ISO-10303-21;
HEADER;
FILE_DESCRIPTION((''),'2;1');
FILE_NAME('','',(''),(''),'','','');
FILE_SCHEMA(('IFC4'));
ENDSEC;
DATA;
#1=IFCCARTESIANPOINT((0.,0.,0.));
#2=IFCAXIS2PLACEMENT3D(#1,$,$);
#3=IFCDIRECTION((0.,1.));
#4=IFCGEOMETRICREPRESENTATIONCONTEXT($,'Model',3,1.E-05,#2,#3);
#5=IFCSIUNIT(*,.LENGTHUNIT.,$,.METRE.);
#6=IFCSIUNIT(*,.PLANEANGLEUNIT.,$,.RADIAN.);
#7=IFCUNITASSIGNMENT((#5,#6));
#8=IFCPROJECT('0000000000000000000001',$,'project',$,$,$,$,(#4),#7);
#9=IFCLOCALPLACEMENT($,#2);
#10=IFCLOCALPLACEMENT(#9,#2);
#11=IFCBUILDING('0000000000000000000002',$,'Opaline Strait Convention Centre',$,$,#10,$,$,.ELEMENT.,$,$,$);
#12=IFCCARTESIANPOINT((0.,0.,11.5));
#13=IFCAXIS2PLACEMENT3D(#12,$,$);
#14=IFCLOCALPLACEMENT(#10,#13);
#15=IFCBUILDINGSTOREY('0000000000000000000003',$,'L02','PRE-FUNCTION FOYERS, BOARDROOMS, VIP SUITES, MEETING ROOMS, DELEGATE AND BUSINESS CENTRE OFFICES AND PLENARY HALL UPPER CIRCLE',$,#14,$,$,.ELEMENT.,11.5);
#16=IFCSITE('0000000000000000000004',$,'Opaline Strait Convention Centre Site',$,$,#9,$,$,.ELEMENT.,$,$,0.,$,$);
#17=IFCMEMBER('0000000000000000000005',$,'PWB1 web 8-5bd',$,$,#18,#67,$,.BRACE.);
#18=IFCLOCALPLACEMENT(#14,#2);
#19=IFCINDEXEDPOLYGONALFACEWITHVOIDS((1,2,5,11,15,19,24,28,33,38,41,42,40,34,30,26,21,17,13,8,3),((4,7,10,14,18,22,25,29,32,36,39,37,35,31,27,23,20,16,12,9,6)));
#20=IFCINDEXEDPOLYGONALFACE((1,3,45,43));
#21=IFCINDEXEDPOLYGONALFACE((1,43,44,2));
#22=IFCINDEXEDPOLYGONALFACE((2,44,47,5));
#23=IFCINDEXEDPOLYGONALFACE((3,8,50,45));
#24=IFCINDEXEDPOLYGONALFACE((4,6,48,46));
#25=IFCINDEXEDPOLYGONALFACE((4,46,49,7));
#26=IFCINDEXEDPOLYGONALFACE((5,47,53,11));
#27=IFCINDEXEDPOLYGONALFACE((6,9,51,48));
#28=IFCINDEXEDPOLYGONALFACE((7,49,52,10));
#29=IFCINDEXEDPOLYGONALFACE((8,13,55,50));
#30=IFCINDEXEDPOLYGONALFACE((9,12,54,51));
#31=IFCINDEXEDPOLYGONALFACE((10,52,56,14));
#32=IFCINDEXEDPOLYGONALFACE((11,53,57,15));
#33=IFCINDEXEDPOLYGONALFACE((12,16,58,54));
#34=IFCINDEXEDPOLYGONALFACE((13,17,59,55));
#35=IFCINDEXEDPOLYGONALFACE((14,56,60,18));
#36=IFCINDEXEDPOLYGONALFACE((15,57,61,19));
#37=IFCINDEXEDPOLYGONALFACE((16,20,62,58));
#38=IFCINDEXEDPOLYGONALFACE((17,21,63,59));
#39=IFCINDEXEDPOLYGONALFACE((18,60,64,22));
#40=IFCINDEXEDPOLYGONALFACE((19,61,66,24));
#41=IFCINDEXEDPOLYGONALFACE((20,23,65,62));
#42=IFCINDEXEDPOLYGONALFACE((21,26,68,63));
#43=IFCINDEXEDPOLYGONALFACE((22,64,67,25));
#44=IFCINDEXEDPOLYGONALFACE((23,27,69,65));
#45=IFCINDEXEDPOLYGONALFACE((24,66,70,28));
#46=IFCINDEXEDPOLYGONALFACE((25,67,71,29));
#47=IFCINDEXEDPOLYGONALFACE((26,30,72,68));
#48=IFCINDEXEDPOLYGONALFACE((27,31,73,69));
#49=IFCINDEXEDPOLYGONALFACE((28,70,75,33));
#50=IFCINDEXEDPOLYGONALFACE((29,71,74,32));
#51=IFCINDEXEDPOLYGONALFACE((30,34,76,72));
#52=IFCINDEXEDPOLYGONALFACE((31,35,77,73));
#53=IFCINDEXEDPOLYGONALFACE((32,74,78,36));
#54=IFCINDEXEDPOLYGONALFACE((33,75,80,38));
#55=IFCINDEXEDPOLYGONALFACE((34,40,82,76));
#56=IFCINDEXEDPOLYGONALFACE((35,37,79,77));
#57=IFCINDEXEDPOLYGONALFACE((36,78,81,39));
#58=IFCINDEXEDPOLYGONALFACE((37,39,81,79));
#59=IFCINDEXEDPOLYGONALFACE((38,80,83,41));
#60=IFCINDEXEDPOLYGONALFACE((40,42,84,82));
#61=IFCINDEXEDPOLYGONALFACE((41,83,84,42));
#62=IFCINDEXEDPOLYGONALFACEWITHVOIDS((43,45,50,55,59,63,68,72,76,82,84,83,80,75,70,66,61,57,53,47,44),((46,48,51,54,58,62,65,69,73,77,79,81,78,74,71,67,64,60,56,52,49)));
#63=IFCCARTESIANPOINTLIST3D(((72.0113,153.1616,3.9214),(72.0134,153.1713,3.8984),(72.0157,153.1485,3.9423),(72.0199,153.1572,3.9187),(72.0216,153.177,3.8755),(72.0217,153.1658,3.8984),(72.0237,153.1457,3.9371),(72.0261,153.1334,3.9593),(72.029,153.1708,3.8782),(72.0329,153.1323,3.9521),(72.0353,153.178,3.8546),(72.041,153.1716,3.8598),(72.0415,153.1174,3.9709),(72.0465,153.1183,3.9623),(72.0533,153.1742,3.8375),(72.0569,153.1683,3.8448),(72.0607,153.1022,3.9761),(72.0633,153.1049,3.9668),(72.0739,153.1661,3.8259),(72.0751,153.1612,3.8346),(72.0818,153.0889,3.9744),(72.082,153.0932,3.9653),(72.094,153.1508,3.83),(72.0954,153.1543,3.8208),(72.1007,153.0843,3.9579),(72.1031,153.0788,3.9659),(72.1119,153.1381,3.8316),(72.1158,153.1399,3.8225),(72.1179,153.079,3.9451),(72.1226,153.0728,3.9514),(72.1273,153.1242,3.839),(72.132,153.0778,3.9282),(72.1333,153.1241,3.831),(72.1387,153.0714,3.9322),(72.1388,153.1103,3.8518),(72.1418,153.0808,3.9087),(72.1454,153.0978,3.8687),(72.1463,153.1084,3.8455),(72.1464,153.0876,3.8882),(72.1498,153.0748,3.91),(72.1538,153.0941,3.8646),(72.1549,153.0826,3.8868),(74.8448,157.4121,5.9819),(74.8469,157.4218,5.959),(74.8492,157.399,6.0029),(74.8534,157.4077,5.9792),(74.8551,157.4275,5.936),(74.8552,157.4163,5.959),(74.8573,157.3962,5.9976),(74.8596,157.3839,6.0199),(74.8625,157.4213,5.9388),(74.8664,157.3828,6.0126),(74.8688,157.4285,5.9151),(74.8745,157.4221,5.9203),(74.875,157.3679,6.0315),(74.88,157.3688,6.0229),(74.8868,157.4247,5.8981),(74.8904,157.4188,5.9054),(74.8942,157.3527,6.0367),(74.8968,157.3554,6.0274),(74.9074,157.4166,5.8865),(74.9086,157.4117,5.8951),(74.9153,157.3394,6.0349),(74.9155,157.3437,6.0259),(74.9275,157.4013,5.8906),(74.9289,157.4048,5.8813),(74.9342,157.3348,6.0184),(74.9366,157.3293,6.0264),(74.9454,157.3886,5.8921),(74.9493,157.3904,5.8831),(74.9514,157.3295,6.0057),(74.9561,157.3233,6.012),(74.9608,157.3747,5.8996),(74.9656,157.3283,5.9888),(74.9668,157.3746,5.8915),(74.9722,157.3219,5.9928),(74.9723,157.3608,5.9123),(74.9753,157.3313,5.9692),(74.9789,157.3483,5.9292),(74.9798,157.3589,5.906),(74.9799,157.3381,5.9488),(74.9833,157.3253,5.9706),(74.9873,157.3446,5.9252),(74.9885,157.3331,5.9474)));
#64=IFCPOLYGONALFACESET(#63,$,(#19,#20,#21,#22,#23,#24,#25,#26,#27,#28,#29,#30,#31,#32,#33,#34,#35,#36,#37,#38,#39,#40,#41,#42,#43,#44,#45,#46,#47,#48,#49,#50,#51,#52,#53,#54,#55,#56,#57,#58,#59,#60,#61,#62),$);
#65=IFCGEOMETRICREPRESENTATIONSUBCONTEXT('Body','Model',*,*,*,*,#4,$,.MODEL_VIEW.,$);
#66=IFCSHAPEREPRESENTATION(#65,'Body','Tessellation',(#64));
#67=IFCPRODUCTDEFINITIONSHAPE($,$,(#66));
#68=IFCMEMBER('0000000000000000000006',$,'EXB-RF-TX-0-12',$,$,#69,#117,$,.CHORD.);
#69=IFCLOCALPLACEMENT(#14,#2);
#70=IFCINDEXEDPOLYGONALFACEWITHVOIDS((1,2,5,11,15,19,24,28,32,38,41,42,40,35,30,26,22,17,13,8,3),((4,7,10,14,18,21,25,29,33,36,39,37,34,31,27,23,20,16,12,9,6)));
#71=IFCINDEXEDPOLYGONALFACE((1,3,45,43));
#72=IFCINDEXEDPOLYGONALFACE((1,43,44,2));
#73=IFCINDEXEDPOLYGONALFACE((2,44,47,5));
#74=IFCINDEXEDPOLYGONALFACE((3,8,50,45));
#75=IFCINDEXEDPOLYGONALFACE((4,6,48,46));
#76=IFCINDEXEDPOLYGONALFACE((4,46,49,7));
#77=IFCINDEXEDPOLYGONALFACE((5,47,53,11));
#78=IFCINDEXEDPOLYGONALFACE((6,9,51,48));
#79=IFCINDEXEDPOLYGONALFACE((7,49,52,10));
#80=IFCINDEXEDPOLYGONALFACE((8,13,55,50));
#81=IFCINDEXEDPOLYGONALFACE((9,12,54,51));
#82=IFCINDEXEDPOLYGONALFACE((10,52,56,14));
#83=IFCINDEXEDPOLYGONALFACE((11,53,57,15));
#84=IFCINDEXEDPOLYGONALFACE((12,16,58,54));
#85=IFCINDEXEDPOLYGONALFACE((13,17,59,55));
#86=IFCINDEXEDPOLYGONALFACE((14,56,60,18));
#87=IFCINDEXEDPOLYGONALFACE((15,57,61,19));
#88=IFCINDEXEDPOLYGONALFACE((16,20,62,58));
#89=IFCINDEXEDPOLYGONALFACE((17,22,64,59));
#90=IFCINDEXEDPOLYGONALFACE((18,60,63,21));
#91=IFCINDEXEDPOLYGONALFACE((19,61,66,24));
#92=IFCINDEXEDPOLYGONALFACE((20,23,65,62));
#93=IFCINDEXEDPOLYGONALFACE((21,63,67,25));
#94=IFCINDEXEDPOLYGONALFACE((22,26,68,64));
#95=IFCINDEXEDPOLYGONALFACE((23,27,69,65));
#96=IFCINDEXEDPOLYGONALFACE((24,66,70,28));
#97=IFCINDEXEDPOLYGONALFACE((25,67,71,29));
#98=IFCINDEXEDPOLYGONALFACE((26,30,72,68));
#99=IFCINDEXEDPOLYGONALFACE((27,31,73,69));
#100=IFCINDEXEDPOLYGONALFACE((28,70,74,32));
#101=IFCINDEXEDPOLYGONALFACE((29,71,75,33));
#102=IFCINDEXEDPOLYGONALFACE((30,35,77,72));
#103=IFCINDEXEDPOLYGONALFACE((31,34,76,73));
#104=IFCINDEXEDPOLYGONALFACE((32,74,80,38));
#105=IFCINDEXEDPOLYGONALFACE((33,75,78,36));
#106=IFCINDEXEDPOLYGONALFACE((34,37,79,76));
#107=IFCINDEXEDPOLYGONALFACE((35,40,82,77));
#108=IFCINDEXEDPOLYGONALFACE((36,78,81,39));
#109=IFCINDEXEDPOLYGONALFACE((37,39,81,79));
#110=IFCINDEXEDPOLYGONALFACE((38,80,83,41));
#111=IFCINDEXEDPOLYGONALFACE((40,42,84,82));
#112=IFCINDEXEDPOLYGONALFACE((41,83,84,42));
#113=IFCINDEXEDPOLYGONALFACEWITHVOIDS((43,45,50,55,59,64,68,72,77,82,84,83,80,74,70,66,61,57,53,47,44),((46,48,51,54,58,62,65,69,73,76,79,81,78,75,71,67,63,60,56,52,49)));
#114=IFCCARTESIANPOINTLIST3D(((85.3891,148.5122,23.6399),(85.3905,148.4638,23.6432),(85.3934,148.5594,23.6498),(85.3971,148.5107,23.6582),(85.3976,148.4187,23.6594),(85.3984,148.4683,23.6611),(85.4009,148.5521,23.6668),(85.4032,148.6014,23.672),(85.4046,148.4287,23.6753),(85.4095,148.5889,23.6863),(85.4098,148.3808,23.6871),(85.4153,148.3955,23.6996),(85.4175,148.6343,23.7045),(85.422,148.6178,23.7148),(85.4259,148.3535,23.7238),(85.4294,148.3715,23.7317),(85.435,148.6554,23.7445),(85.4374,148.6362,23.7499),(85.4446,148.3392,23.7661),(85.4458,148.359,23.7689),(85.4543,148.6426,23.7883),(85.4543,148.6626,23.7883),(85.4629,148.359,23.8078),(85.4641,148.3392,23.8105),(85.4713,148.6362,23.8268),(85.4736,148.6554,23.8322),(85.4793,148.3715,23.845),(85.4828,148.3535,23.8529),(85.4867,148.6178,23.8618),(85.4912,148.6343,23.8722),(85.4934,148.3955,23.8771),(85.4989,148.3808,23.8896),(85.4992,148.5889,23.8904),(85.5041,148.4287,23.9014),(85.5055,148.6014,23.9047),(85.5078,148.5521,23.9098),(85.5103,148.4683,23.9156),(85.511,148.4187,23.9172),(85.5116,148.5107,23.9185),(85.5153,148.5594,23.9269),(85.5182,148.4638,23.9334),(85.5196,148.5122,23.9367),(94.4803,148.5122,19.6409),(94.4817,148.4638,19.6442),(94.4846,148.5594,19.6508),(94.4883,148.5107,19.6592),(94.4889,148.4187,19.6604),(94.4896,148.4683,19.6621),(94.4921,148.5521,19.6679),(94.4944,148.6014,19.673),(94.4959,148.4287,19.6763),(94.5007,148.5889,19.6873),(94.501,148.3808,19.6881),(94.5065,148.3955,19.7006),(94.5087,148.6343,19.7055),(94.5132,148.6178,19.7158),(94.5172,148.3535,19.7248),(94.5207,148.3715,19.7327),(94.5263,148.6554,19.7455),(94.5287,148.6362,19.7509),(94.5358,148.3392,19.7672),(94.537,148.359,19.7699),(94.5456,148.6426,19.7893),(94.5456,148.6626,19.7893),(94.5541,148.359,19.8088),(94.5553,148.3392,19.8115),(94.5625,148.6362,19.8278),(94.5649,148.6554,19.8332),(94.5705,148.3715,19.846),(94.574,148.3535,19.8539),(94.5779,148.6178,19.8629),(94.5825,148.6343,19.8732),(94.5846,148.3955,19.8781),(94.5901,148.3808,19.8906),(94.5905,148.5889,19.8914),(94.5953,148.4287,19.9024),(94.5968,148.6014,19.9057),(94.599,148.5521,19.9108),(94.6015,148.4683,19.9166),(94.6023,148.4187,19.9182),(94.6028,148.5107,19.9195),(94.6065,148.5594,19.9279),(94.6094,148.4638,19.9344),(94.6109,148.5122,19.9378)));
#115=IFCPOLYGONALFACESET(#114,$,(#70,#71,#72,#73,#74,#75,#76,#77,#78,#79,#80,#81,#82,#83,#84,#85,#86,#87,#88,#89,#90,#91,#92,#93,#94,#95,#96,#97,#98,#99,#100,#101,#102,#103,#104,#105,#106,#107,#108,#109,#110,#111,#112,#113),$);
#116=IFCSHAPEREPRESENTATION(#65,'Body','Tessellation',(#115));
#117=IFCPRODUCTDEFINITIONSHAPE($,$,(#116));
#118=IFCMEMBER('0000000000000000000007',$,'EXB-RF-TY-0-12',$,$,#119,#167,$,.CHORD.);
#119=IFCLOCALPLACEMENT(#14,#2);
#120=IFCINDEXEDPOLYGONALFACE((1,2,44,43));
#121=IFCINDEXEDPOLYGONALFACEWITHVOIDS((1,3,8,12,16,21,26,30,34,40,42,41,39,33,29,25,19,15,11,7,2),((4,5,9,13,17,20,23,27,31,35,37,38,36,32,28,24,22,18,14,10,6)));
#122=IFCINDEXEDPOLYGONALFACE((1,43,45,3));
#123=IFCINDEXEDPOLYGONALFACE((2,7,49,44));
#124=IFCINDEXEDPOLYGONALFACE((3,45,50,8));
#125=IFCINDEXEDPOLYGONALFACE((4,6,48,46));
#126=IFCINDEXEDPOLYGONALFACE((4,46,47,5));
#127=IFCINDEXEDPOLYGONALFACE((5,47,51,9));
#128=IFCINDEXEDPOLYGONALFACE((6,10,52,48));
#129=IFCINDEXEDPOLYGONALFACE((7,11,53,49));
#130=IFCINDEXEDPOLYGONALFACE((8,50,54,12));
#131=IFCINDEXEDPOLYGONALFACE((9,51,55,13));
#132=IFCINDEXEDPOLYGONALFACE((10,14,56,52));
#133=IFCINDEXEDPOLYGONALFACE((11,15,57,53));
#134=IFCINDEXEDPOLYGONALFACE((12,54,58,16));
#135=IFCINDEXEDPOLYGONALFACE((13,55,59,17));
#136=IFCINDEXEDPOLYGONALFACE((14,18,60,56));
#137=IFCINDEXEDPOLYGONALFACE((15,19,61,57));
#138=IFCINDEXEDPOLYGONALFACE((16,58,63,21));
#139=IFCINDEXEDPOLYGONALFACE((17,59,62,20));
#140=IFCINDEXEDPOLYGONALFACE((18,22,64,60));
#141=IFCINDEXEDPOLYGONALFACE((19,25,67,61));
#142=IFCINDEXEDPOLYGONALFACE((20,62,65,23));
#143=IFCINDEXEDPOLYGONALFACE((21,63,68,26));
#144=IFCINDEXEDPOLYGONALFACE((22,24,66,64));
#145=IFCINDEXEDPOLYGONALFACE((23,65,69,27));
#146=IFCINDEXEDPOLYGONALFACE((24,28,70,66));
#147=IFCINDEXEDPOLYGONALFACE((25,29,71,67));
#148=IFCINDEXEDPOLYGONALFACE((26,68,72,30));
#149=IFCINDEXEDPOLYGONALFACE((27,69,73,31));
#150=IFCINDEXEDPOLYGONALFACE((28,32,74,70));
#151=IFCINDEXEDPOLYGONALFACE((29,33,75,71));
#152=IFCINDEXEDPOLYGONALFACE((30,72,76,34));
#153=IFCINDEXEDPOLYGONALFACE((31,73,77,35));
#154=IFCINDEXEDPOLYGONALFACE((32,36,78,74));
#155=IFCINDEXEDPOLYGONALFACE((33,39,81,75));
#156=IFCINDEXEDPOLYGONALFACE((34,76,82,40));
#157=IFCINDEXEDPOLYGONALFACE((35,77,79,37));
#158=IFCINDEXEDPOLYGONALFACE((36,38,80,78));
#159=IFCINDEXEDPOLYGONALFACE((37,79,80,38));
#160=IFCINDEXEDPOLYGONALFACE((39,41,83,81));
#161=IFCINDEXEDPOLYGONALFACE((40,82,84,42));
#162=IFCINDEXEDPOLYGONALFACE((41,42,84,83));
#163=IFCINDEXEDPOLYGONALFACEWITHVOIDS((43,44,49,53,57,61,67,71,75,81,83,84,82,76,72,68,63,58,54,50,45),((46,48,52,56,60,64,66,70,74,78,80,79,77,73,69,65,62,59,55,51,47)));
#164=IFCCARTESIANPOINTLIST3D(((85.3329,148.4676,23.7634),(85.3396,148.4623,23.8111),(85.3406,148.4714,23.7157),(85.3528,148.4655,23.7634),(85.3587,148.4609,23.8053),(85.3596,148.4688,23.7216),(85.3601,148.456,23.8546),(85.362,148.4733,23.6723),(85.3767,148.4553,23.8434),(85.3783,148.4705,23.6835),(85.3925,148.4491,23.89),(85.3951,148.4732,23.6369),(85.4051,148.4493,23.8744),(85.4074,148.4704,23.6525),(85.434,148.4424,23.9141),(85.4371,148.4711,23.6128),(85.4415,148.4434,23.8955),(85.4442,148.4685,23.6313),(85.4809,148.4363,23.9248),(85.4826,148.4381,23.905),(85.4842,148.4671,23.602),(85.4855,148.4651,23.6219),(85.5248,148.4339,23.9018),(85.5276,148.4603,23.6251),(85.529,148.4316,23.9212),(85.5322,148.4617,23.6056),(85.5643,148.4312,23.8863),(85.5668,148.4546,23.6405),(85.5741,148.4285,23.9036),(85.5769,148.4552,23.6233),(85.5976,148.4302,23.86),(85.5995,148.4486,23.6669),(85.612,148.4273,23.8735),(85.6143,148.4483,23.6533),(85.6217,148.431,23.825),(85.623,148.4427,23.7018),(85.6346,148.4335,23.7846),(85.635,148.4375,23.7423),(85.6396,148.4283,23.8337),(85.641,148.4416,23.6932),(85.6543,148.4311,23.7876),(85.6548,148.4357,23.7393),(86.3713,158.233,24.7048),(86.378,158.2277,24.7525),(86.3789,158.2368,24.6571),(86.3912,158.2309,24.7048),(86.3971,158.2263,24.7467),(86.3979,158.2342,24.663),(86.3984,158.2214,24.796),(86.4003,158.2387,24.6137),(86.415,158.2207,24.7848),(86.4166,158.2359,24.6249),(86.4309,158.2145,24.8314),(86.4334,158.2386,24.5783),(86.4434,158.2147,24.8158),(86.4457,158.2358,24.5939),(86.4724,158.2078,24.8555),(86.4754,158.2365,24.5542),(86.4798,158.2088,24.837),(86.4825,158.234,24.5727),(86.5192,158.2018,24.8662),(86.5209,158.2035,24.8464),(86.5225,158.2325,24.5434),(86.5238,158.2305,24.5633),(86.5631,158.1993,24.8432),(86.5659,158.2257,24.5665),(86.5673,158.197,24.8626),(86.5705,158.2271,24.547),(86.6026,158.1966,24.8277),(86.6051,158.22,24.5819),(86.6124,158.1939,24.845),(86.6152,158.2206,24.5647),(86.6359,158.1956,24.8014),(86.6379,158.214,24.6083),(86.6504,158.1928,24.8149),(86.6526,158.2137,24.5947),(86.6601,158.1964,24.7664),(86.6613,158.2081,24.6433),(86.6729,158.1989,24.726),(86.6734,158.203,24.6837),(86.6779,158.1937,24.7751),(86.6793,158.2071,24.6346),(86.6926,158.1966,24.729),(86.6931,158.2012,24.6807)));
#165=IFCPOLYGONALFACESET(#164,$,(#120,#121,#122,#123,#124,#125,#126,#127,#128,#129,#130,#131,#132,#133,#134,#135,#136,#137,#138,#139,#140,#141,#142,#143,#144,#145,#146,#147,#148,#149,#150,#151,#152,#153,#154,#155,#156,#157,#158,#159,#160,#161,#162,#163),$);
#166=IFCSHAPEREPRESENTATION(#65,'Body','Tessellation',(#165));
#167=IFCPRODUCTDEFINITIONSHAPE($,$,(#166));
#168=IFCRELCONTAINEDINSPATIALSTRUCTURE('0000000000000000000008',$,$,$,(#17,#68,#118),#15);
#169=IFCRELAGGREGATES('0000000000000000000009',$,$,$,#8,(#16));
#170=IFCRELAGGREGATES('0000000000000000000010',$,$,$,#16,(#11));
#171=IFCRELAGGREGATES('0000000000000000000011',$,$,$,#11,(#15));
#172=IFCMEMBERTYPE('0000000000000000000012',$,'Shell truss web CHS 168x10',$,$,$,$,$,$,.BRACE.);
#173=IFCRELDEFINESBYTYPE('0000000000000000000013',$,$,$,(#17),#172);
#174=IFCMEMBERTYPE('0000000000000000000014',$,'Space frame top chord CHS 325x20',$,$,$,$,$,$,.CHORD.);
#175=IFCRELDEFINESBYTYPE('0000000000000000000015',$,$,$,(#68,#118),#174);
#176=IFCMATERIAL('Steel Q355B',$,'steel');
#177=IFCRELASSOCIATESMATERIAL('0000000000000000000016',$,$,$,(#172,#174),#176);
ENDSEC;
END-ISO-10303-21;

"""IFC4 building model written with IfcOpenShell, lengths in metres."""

from ifc_helpers import new_model, si_unit, direction, frame, origin, origin_2d, place, context, subcontext, project, spatial, hollow_circle, extrude, material, material_profile, profile_set, type_object, element, save


model = new_model("IFC4")

# Units and contexts
model_context = context("Model", 3, precision=1e-05, world=origin(), true_north=direction((0.0, 1.0)))
body_context = subcontext(model_context, "Body", "Model", "MODEL_VIEW")
ifc_project = project(units=[si_unit("LENGTHUNIT", "METRE"), si_unit("PLANEANGLEUNIT", "RADIAN")], contexts=[model_context])

# Site, building, storey
site_placement = place(None, origin())
site = spatial("IfcSite", under=ifc_project, at=site_placement, Name="Opaline Strait Convention Centre Site", CompositionType="ELEMENT", RefElevation=0.0)
building_placement = place(site_placement, origin())
building = spatial("IfcBuilding", under=site, at=building_placement, Name="Opaline Strait Convention Centre", CompositionType="ELEMENT")
storey_placement = place(building_placement, frame((0.0, 0.0, 11.5)))
storey = spatial("IfcBuildingStorey", under=building, at=storey_placement, Name="L02", Description="PRE-FUNCTION FOYERS, BOARDROOMS, VIP SUITES, MEETING ROOMS, DELEGATE AND BUSINESS CENTRE OFFICES AND PLENARY HALL UPPER CIRCLE", CompositionType="ELEMENT", Elevation=11.5)

# Members
ifc_material_1 = material(Name="Steel Q355B", Category="steel")
ifc_material_profile_1 = material_profile(ifc_material_1, hollow_circle(Radius=0.084, WallThickness=0.01, at=origin_2d()), Name="CHS 168x10")
ifc_profile_set_1 = profile_set([ifc_material_profile_1], Name="Steel Q355B")
member_type_1 = type_object("IfcMemberType", Name="Shell truss web CHS 168x10", PredefinedType="BRACE", material=ifc_profile_set_1)
member_1_placement = place(storey_placement, frame((72.0833, 153.1248, 3.8984), z_axis=(0.514406, 0.771654, 0.374081), x_axis=(-0.832065, 0.554678, 0.0)))
element("IfcMember", 1, at=member_1_placement, inside=storey, type_object=member_type_1, Name="PWB1 web 8-5bd", PredefinedType="BRACE", context=body_context, shape_type="SweptSolid", body=[
    extrude(hollow_circle(Radius=0.084, WallThickness=0.01, at=origin_2d()), origin(), (0.0, 0.0, 1.0), 5.5083),
])
ifc_material_profile_2 = material_profile(ifc_material_1, hollow_circle(Radius=0.1626, WallThickness=0.02, at=origin_2d()), Name="CHS 325x20")
ifc_profile_set_2 = profile_set([ifc_material_profile_2], Name="Steel Q355B")
member_type_2 = type_object("IfcMemberType", Name="Space frame top chord CHS 325x20", PredefinedType="CHORD", material=ifc_profile_set_2)
member_2_placement = place(storey_placement, frame((85.4543, 148.5, 23.7883), z_axis=(0.915358, 0.0, -0.402641), x_axis=(0.0, 1.0, 0.0)))
element("IfcMember", 2, at=member_2_placement, inside=storey, type_object=member_type_2, Name="EXB-RF-TX-0-12", PredefinedType="CHORD", context=body_context, shape_type="SweptSolid", body=[
    extrude(hollow_circle(Radius=0.1626, WallThickness=0.02, at=origin_2d()), origin(), (0.0, 0.0, 1.0), 9.9319),
])
member_3_placement = place(storey_placement, frame((85.4946, 148.4504, 23.7634), z_axis=(0.105249, 0.989857, 0.095425), x_axis=(-0.994395, 0.105732, 0.0)))
element("IfcMember", 3, at=member_3_placement, inside=storey, type_object=member_type_2, Name="EXB-RF-TY-0-12", PredefinedType="CHORD", context=body_context, shape_type="SweptSolid", body=[
    extrude(hollow_circle(Radius=0.1626, WallThickness=0.02, at=origin_2d()), origin(), (0.0, 0.0, 1.0), 9.8655),
])

save(model, "model.ifc")
